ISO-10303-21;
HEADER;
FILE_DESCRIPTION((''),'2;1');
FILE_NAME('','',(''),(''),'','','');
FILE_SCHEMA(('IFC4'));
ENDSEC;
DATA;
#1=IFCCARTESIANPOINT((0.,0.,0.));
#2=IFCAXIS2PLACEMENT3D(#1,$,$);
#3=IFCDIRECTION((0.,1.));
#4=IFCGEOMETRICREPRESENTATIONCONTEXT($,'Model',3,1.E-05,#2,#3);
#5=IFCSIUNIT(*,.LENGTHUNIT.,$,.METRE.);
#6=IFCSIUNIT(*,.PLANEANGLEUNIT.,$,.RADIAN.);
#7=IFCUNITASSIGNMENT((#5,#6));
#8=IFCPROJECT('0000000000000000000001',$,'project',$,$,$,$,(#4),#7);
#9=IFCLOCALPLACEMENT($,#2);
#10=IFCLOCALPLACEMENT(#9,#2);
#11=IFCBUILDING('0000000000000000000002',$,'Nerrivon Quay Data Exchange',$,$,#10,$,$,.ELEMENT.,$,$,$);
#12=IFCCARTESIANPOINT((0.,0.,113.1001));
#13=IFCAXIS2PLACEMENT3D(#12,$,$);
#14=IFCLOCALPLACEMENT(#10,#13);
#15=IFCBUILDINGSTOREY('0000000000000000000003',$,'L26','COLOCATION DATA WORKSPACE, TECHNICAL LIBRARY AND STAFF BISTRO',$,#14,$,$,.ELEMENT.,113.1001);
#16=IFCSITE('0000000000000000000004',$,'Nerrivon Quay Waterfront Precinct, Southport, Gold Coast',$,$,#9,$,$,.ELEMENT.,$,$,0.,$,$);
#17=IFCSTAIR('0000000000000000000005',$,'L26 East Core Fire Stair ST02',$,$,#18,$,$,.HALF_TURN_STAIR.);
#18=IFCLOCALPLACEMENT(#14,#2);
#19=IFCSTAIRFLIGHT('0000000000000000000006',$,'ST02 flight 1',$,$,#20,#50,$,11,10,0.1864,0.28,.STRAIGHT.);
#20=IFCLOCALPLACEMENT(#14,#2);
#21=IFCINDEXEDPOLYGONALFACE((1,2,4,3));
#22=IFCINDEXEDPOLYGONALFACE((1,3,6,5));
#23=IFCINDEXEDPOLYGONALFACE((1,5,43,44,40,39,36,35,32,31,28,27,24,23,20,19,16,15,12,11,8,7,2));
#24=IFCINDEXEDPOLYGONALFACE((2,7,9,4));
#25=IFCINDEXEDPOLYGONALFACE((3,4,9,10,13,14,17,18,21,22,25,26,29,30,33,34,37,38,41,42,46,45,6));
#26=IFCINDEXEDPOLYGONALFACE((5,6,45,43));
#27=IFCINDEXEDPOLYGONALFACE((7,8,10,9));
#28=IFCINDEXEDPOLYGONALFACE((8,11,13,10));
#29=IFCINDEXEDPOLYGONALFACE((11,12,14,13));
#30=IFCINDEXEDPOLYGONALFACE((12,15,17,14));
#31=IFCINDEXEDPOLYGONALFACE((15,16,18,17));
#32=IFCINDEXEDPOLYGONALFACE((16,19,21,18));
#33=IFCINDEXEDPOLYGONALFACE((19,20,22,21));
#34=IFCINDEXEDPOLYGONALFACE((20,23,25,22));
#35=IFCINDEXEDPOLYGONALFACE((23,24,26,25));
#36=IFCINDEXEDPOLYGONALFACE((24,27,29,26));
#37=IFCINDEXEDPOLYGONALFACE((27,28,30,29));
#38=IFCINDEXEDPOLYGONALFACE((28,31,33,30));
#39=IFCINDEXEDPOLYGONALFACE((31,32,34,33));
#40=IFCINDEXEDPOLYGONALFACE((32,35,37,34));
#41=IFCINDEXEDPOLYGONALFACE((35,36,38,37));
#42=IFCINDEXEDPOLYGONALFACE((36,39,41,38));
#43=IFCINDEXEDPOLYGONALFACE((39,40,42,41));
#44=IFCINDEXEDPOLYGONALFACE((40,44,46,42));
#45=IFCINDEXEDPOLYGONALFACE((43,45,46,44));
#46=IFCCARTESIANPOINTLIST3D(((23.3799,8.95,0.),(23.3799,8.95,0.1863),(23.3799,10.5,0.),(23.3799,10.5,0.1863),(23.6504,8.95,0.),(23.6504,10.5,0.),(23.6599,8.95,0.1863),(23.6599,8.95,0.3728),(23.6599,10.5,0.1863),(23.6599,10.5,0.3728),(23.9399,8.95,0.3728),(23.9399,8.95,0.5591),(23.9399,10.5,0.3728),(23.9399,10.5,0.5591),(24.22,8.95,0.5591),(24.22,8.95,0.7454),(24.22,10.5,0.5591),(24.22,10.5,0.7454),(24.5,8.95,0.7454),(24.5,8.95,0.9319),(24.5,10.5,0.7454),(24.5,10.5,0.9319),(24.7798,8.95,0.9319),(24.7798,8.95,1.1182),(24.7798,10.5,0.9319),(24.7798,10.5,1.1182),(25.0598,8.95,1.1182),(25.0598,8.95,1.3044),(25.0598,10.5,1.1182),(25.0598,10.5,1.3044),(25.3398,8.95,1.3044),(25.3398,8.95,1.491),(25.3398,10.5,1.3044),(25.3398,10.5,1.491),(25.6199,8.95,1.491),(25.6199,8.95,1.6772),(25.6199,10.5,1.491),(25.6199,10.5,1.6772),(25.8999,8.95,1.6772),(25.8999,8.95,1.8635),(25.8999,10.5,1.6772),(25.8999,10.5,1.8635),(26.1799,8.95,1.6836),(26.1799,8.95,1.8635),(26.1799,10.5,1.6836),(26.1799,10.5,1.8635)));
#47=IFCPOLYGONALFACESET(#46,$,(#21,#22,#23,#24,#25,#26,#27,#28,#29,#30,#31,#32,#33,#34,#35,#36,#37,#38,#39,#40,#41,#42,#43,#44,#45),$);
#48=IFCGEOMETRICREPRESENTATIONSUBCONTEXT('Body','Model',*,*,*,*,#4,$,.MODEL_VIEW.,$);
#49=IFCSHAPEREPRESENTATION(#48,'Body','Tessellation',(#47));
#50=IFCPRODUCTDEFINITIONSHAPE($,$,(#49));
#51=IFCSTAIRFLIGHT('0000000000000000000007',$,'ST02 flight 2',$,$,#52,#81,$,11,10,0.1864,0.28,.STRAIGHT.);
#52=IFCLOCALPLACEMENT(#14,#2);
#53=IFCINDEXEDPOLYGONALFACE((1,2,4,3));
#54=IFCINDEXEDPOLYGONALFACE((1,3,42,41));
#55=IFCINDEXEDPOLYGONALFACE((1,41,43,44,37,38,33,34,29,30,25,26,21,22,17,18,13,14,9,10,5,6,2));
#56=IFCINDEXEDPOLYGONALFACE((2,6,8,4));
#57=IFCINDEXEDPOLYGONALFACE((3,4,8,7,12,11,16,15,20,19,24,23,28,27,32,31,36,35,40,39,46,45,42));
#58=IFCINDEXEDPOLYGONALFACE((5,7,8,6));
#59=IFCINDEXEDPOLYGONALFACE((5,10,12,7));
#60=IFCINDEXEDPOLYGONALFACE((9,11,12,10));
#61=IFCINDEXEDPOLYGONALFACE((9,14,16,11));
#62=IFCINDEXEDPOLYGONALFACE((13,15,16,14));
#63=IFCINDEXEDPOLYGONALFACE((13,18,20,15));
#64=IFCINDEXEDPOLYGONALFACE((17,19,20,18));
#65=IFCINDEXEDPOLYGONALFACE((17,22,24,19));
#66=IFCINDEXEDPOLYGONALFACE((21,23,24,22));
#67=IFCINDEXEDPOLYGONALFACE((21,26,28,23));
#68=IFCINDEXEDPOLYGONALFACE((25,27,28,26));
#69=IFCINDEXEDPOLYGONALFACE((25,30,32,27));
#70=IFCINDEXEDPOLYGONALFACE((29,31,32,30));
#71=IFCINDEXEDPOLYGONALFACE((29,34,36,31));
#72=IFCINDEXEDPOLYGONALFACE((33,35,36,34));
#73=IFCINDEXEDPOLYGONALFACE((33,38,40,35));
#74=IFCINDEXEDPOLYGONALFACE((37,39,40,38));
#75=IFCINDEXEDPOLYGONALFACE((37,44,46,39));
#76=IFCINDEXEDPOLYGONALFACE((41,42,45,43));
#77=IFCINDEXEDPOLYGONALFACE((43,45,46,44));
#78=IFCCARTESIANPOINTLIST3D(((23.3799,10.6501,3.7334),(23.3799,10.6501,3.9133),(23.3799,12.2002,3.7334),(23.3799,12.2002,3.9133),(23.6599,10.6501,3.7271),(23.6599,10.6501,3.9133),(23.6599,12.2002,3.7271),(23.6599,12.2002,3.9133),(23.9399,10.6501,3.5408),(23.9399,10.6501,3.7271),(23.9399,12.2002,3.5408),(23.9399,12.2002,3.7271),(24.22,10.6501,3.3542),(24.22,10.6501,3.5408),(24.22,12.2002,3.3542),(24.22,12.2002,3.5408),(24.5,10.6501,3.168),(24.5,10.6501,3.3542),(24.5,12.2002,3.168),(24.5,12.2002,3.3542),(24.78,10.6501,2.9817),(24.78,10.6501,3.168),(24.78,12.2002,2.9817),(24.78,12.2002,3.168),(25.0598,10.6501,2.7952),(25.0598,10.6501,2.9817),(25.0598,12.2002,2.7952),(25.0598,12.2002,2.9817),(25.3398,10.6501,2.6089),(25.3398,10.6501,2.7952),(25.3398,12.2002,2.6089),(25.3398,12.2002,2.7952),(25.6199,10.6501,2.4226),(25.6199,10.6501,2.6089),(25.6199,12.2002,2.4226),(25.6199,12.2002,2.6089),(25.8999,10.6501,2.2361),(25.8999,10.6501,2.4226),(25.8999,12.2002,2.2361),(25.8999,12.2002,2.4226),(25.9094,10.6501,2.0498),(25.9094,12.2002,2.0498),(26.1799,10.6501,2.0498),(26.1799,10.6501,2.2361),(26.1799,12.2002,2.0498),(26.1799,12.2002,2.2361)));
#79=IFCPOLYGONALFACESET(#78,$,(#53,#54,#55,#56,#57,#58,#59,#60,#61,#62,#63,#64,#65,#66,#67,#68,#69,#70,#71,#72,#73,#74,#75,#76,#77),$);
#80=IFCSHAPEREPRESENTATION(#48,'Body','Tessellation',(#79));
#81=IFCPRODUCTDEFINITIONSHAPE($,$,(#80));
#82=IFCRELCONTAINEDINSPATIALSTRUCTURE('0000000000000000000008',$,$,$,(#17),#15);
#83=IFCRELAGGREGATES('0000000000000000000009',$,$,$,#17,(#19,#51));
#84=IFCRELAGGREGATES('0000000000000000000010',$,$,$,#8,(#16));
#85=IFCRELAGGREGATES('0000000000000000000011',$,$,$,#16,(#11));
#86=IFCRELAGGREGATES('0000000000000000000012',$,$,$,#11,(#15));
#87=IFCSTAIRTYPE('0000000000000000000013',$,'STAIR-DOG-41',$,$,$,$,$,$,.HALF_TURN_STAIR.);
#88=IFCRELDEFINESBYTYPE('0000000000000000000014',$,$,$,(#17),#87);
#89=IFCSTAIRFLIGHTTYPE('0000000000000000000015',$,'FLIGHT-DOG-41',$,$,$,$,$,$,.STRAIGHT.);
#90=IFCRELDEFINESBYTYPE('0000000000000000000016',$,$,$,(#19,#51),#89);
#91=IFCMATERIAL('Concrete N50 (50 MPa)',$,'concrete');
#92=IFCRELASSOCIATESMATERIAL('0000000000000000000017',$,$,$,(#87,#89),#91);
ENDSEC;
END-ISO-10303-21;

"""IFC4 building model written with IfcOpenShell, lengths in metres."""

from ifc_helpers import new_model, si_unit, direction, frame, origin, place, context, subcontext, project, spatial, polyline, outline, extrude, material, type_object, element, aggregate, save


model = new_model("IFC4")

# Units and contexts
model_context = context("Model", 3, precision=1e-05, world=origin(), true_north=direction((0.0, 1.0)))
body_context = subcontext(model_context, "Body", "Model", "MODEL_VIEW")
ifc_project = project(units=[si_unit("LENGTHUNIT", "METRE"), si_unit("PLANEANGLEUNIT", "RADIAN")], contexts=[model_context])

# Site, building, storey
site_placement = place(None, origin())
site = spatial("IfcSite", under=ifc_project, at=site_placement, Name="Nerrivon Quay Waterfront Precinct, Southport, Gold Coast", CompositionType="ELEMENT", RefElevation=0.0)
building_placement = place(site_placement, origin())
building = spatial("IfcBuilding", under=site, at=building_placement, Name="Nerrivon Quay Data Exchange", CompositionType="ELEMENT")
storey_placement = place(building_placement, frame((0.0, 0.0, 113.1001)))
storey = spatial("IfcBuildingStorey", under=building, at=storey_placement, Name="L26", Description="COLOCATION DATA WORKSPACE, TECHNICAL LIBRARY AND STAFF BISTRO", CompositionType="ELEMENT", Elevation=113.1001)

# Stair, stair flights
ifc_material_1 = material(Name="Concrete N50 (50 MPa)", Category="concrete")
stair_type = type_object("IfcStairType", Name="STAIR-DOG-41", PredefinedType="HALF_TURN_STAIR", material=ifc_material_1)
stair_placement = place(storey_placement, origin())
stair = element("IfcStair", 1, at=stair_placement, inside=storey, type_object=stair_type, Name="L26 East Core Fire Stair ST02", PredefinedType="HALF_TURN_STAIR")
stair_flight_type = type_object("IfcStairFlightType", Name="FLIGHT-DOG-41", PredefinedType="STRAIGHT", material=ifc_material_1)
stair_flight_1_placement = place(storey_placement, frame((23.3799, 9.7251, 0.0), z_axis=(0.0, 0.0, 1.0), x_axis=(1.0, 0.0, 0.0)))
stair_flight_1 = element("IfcStairFlight", 2, at=stair_flight_1_placement, type_object=stair_flight_type, Name="ST02 flight 1", NumberOfRisers=11, NumberOfTreads=10, PredefinedType="STRAIGHT", RiserHeight=0.1864, TreadLength=0.28, context=body_context, shape_type="SweptSolid", body=[
    extrude(outline(polyline([(0.0, 0.0), (0.0, 0.1863), (0.28, 0.1863), (0.28, 0.3728), (0.5601, 0.3728), (0.5601, 0.5591), (0.8401, 0.5591), (0.8401, 0.7454), (1.1201, 0.7454), (1.1201, 0.9319), (1.3999, 0.9319), (1.3999, 1.1182), (1.6799, 1.1182), (1.6799, 1.3044), (1.96, 1.3044), (1.96, 1.491), (2.24, 1.491), (2.24, 1.6772), (2.52, 1.6772), (2.52, 1.8635), (2.8, 1.8635), (2.8, 2.05), (2.8, 1.6836), (0.2705, 0.0), (0.0, 0.0)])), frame((0.0, 0.7749, 0.0), z_axis=(0.0, -1.0, 0.0), x_axis=(1.0, 0.0, 0.0)), (0.0, 0.0, 1.0), 1.55),
])
stair_flight_2_placement = place(storey_placement, frame((26.1799, 11.425, 2.0498), z_axis=(0.0, 0.0, 1.0), x_axis=(-1.0, 0.0, 0.0)))
stair_flight_2 = element("IfcStairFlight", 3, at=stair_flight_2_placement, type_object=stair_flight_type, Name="ST02 flight 2", NumberOfRisers=11, NumberOfTreads=10, PredefinedType="STRAIGHT", RiserHeight=0.1864, TreadLength=0.28, context=body_context, shape_type="SweptSolid", body=[
    extrude(outline(polyline([(0.0, 0.0), (0.0, 0.1863), (0.28, 0.1863), (0.28, 0.3728), (0.5601, 0.3728), (0.5601, 0.5591), (0.8401, 0.5591), (0.8401, 0.7454), (1.1201, 0.7454), (1.1201, 0.9319), (1.3999, 0.9319), (1.3999, 1.1182), (1.6799, 1.1182), (1.6799, 1.3044), (1.96, 1.3044), (1.96, 1.491), (2.24, 1.491), (2.24, 1.6772), (2.52, 1.6772), (2.52, 1.8635), (2.8, 1.8635), (2.8, 2.05), (2.8, 1.6836), (0.2705, 0.0), (0.0, 0.0)])), frame((0.0, 0.7749, 0.0), z_axis=(0.0, -1.0, 0.0), x_axis=(1.0, 0.0, 0.0)), (0.0, 0.0, 1.0), 1.55),
])
aggregate(stair, [stair_flight_1, stair_flight_2])

save(model, "model.ifc")
